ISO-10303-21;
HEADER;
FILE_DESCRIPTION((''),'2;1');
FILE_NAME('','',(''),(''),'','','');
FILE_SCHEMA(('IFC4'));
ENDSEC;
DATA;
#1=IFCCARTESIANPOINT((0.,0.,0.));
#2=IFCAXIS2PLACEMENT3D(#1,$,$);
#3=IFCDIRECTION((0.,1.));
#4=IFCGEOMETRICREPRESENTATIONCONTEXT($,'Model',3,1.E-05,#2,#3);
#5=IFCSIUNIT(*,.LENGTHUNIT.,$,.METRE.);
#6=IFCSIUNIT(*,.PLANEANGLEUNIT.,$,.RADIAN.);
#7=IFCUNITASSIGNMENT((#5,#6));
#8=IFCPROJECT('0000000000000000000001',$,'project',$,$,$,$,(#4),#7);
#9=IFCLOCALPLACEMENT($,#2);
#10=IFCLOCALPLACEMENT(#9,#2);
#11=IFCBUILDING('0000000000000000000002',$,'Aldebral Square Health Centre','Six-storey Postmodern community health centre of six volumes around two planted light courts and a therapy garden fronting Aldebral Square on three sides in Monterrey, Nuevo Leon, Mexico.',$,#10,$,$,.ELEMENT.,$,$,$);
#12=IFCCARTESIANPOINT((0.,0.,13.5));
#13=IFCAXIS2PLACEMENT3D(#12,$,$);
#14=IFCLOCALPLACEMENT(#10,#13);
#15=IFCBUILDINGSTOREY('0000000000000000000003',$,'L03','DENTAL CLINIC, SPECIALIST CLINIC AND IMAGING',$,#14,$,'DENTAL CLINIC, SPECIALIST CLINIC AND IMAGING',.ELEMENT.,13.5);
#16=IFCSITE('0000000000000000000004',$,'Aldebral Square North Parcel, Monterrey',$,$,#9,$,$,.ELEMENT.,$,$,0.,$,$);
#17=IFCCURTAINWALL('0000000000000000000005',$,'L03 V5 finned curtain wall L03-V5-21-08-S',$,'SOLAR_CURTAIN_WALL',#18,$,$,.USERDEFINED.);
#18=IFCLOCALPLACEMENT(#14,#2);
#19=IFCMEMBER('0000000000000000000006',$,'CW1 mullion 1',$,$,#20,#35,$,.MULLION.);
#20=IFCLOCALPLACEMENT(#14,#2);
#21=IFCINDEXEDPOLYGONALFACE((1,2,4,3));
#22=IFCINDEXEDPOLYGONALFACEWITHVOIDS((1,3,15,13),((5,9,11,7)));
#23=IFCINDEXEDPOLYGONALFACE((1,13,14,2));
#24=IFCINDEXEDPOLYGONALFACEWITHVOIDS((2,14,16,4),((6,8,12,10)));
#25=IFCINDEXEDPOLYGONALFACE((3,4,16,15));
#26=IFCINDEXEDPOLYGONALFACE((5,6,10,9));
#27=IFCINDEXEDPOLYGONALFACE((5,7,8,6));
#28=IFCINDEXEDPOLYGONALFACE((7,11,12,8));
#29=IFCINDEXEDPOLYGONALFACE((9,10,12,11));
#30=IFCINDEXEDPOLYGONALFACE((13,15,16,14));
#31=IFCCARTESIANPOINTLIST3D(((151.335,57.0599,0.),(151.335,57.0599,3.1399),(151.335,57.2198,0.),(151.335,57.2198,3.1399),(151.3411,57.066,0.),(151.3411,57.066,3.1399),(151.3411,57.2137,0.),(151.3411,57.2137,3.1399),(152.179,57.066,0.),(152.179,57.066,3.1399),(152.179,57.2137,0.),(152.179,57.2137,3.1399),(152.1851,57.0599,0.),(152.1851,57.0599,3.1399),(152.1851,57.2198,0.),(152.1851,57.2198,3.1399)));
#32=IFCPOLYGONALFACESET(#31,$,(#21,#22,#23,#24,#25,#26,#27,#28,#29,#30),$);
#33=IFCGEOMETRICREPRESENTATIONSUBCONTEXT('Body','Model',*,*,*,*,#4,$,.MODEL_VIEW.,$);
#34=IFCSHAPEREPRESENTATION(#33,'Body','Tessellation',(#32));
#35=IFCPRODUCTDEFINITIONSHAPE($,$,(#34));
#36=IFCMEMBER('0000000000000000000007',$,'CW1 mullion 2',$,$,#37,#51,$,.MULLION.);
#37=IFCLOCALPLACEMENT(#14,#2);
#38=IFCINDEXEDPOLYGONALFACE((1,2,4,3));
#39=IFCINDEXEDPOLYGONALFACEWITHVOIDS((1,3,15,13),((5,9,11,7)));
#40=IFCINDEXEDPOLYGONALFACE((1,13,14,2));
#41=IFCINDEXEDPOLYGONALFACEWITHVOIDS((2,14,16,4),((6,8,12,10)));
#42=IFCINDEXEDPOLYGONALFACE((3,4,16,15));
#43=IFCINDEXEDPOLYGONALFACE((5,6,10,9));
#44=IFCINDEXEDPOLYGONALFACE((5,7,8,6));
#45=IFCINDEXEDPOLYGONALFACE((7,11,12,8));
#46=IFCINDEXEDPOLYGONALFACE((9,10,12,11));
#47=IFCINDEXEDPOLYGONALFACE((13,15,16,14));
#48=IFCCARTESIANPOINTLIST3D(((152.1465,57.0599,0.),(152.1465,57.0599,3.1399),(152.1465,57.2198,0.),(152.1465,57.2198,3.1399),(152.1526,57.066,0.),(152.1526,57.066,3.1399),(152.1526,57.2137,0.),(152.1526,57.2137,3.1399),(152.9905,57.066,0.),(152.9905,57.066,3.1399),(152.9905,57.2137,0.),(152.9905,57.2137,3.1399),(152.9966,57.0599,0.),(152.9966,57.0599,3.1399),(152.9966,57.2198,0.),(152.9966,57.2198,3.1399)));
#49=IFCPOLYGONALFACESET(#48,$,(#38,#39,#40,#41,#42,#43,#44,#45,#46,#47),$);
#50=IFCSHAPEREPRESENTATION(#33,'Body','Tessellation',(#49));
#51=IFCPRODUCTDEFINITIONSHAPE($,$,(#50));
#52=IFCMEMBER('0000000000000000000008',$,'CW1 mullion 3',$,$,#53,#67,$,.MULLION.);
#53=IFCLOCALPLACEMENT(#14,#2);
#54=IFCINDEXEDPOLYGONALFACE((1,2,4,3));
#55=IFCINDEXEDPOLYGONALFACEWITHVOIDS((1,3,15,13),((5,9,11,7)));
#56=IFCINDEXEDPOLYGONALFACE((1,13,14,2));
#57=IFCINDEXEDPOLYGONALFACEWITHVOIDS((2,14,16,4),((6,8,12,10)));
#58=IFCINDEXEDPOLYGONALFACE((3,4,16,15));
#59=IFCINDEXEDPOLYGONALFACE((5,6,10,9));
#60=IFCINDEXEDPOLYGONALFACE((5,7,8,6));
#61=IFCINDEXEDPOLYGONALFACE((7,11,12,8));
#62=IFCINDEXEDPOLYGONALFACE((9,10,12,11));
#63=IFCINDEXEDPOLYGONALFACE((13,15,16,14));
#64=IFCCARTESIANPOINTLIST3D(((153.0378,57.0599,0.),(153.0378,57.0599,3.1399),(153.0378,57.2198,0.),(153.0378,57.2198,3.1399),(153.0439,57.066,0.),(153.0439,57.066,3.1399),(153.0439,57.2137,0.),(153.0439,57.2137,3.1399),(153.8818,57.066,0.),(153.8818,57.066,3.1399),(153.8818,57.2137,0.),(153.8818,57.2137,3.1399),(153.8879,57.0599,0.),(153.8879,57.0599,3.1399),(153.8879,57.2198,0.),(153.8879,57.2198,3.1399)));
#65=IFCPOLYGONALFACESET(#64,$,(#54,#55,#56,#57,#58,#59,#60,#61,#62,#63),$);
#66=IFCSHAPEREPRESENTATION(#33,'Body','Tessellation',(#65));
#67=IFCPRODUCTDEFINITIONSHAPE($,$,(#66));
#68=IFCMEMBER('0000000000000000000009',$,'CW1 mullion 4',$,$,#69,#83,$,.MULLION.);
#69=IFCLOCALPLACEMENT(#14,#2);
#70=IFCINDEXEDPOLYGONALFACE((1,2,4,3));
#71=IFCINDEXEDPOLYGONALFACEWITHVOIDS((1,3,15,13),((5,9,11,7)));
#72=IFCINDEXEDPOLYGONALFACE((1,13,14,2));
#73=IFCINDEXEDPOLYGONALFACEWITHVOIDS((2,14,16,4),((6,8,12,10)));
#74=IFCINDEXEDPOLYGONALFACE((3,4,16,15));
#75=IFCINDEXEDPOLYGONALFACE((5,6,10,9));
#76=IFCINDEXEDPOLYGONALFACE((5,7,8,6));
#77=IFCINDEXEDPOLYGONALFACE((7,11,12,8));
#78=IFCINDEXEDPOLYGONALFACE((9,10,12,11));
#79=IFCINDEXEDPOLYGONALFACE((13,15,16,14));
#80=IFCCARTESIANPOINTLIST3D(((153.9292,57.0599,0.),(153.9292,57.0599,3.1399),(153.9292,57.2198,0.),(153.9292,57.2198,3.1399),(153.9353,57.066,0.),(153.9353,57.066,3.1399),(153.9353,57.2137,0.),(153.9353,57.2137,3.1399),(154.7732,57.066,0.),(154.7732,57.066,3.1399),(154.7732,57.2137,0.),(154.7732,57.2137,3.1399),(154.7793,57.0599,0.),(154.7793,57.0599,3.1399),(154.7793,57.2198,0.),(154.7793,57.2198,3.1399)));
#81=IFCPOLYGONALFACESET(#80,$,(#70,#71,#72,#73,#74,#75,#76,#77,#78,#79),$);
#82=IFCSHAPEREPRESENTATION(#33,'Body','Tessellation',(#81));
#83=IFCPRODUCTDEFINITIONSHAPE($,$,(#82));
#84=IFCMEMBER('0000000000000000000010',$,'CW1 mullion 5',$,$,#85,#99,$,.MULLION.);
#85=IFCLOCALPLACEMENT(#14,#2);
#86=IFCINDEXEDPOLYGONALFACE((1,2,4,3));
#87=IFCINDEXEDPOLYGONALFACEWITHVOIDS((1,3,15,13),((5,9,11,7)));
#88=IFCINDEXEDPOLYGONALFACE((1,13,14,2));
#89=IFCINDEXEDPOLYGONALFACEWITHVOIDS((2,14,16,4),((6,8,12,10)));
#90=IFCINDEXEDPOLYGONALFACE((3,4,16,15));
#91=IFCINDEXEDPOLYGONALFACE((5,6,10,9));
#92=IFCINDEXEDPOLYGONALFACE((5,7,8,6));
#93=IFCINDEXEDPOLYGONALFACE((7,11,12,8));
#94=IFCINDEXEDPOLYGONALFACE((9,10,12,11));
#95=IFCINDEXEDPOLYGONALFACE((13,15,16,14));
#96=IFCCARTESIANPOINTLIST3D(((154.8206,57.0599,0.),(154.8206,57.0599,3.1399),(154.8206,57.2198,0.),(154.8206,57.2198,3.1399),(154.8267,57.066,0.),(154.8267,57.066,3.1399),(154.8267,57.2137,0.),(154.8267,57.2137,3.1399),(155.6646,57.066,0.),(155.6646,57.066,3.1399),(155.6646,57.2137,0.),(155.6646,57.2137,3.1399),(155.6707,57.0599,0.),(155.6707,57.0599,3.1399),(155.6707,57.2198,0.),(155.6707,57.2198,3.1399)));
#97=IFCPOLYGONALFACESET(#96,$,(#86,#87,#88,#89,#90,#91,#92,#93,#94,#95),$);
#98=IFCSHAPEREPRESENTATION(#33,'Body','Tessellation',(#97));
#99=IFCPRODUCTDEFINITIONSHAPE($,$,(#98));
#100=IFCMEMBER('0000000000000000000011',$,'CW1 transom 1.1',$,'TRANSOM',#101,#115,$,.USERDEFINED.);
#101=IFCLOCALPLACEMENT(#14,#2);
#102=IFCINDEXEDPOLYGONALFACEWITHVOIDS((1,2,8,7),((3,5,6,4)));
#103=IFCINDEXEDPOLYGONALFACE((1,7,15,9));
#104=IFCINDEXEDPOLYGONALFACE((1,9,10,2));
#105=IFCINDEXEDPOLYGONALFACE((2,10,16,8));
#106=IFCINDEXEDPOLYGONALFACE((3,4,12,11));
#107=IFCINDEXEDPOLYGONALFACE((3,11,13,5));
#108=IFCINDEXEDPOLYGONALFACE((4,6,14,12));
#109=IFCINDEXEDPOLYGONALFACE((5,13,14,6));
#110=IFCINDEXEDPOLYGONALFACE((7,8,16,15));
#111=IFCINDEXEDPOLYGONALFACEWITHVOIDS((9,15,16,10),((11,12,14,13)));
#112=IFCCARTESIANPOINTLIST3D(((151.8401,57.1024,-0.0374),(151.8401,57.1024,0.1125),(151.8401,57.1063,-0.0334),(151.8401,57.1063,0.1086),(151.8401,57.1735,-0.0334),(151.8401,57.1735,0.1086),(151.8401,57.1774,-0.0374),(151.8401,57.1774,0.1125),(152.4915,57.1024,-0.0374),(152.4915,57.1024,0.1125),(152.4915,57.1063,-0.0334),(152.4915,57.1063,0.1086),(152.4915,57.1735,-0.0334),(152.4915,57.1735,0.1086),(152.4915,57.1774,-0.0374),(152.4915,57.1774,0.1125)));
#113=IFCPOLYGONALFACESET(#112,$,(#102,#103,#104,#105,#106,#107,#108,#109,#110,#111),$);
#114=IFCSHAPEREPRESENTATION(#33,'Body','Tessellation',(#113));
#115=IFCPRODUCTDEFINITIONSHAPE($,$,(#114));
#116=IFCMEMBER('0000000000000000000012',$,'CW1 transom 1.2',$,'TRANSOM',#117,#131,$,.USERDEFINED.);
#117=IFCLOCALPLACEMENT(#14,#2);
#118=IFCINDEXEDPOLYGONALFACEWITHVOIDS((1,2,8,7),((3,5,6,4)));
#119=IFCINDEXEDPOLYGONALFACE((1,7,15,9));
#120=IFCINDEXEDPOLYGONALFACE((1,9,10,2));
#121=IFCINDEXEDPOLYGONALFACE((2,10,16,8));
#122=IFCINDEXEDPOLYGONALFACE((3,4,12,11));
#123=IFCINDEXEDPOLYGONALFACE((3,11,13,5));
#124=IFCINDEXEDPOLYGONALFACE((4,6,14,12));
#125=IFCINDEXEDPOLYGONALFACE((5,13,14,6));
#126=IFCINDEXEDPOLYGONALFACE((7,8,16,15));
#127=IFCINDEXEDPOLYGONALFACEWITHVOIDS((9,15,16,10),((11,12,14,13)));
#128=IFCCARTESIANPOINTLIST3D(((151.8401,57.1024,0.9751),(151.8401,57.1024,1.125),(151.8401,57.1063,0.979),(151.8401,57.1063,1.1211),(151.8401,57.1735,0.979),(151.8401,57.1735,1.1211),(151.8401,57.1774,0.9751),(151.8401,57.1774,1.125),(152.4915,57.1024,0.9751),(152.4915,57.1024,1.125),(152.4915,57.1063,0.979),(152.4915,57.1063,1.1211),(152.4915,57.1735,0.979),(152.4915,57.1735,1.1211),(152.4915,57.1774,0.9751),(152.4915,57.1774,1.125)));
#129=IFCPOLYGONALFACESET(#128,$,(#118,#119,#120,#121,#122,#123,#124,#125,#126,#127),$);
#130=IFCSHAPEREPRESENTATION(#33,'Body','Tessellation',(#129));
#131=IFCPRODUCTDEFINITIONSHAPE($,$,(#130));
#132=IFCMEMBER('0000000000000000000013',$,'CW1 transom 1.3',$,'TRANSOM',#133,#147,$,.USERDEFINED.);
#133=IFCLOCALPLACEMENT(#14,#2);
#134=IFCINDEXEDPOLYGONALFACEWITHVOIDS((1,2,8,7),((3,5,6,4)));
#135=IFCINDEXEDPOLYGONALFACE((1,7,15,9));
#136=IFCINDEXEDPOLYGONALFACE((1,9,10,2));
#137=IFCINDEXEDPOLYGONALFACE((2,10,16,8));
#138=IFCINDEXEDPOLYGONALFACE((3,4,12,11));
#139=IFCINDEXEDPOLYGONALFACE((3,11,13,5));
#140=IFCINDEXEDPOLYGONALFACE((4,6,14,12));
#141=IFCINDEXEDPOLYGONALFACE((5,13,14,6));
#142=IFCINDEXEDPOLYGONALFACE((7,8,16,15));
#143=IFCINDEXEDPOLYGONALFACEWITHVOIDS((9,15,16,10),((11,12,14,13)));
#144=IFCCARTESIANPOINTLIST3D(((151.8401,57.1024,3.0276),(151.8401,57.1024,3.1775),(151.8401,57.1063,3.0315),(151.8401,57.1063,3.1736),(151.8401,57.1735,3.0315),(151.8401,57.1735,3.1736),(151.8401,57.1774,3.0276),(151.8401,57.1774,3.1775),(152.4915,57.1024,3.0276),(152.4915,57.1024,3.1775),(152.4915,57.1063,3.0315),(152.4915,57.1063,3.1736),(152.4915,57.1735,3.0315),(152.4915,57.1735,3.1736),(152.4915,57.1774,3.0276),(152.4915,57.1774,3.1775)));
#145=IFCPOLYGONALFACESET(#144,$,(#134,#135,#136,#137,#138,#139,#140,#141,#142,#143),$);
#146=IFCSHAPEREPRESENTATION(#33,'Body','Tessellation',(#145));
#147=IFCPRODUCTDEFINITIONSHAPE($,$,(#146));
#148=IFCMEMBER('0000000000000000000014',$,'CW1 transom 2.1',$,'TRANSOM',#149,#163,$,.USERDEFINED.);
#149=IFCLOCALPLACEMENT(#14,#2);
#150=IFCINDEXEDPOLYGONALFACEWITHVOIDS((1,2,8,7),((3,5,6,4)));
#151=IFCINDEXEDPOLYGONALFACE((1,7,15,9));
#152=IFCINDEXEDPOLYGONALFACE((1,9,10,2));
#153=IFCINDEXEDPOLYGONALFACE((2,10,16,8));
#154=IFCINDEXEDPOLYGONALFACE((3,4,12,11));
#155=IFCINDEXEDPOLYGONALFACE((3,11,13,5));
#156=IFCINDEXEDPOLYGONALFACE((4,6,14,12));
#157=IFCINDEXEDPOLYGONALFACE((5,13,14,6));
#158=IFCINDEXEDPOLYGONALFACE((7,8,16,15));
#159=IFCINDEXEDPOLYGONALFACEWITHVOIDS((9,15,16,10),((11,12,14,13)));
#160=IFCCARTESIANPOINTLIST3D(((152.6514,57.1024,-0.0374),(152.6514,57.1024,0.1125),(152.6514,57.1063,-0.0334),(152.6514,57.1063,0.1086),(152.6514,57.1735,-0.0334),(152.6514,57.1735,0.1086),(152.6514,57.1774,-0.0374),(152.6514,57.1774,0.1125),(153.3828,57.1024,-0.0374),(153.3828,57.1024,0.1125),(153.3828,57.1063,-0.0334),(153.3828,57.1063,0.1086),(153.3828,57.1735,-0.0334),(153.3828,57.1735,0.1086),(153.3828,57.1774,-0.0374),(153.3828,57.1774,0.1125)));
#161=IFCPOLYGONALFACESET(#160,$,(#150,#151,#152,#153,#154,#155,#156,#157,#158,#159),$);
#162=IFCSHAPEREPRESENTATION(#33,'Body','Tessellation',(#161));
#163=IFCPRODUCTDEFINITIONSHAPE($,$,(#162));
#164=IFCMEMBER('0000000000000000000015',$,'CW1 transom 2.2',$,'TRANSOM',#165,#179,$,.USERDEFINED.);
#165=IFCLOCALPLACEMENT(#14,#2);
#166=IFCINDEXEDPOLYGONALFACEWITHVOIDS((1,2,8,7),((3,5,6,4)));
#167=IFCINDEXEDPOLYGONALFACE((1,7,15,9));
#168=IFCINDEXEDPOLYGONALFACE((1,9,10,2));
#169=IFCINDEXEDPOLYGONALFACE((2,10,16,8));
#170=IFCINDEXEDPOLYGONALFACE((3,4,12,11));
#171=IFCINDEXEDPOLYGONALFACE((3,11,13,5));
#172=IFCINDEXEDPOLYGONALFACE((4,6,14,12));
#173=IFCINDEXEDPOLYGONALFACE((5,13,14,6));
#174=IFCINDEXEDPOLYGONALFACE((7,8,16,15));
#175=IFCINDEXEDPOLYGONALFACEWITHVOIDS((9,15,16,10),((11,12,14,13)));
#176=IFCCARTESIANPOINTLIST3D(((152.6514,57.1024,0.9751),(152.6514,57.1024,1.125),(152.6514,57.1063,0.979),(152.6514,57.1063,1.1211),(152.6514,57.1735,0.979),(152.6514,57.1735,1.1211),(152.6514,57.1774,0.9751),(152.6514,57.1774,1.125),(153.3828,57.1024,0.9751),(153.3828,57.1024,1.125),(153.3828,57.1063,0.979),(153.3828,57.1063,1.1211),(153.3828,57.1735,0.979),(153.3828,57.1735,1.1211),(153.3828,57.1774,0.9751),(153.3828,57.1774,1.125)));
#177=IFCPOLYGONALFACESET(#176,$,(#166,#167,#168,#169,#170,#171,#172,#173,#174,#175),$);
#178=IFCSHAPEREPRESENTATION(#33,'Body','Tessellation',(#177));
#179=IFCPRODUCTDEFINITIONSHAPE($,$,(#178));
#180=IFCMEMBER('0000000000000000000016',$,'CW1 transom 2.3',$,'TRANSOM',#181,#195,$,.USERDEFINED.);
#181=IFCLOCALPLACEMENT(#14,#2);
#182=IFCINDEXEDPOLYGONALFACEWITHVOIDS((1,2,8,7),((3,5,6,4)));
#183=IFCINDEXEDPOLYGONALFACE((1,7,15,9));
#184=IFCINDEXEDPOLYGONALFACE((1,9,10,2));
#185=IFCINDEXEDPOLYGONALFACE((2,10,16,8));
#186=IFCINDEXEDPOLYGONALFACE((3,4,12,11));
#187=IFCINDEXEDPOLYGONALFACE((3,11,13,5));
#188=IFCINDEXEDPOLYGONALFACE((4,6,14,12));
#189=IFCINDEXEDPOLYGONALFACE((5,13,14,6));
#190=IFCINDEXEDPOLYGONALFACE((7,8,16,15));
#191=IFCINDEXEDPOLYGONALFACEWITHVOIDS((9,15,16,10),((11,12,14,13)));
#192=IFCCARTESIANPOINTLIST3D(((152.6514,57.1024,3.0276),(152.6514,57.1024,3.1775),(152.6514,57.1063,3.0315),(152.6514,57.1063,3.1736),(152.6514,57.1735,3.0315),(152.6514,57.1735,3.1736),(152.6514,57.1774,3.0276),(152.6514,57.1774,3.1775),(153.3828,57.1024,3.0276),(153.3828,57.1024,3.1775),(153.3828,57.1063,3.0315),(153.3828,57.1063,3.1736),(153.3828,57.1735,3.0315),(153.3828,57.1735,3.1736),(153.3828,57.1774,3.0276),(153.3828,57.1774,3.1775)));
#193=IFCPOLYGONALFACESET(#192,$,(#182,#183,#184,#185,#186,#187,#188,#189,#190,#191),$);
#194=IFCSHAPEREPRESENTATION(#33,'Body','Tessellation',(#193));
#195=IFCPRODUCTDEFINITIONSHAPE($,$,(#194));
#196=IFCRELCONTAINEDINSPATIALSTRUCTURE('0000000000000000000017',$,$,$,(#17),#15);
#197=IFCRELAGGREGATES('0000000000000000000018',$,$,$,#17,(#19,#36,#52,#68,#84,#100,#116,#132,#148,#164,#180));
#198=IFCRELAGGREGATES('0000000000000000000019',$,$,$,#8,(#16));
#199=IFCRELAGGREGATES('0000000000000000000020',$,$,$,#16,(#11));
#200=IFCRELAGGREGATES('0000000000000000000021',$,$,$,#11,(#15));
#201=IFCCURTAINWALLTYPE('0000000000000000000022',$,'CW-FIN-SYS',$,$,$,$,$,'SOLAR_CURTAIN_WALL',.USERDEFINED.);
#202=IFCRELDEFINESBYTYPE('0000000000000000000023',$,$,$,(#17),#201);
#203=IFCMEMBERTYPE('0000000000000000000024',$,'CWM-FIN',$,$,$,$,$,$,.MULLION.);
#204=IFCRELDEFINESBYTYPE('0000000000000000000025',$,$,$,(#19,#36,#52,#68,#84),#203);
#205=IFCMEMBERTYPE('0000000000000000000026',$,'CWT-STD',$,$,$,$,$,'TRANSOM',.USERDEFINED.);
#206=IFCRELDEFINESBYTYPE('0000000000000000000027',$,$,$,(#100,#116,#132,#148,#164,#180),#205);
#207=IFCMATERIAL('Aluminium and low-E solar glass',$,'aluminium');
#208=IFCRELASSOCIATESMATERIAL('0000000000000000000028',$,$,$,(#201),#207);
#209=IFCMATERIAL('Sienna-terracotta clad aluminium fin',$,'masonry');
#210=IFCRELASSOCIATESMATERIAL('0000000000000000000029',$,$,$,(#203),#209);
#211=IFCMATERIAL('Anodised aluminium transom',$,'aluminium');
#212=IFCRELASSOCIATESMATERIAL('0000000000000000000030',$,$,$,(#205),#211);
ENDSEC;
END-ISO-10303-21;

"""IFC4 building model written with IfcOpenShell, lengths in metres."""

from ifc_helpers import new_model, si_unit, direction, frame, origin, origin_2d, place, context, subcontext, project, spatial, hollow_rectangle, extrude, material, material_profile, profile_set, type_object, element, aggregate, save


model = new_model("IFC4")

# Units and contexts
model_context = context("Model", 3, precision=1e-05, world=origin(), true_north=direction((0.0, 1.0)))
body_context = subcontext(model_context, "Body", "Model", "MODEL_VIEW")
ifc_project = project(units=[si_unit("LENGTHUNIT", "METRE"), si_unit("PLANEANGLEUNIT", "RADIAN")], contexts=[model_context])

# Site, building, storey
site_placement = place(None, origin())
site = spatial("IfcSite", under=ifc_project, at=site_placement, Name="Aldebral Square North Parcel, Monterrey", CompositionType="ELEMENT", RefElevation=0.0)
building_placement = place(site_placement, origin())
building = spatial("IfcBuilding", under=site, at=building_placement, Name="Aldebral Square Health Centre", Description="Six-storey Postmodern community health centre of six volumes around two planted light courts and a therapy garden fronting Aldebral Square on three sides in Monterrey, Nuevo Leon, Mexico.", CompositionType="ELEMENT")
storey_placement = place(building_placement, frame((0.0, 0.0, 13.5)))
storey = spatial("IfcBuildingStorey", under=building, at=storey_placement, Name="L03", Description="DENTAL CLINIC, SPECIALIST CLINIC AND IMAGING", LongName="DENTAL CLINIC, SPECIALIST CLINIC AND IMAGING", CompositionType="ELEMENT", Elevation=13.5)

# Curtain wall, members
ifc_material_1 = material(Name="Aluminium and low-E solar glass", Category="aluminium")
curtain_wall_type = type_object("IfcCurtainWallType", Name="CW-FIN-SYS", ElementType="SOLAR_CURTAIN_WALL", PredefinedType="USERDEFINED", material=ifc_material_1)
curtain_wall_placement = place(storey_placement, origin())
curtain_wall = element("IfcCurtainWall", 1, at=curtain_wall_placement, inside=storey, type_object=curtain_wall_type, Name="L03 V5 finned curtain wall L03-V5-21-08-S", ObjectType="SOLAR_CURTAIN_WALL", PredefinedType="USERDEFINED")
ifc_material_2 = material(Name="Sienna-terracotta clad aluminium fin", Category="masonry")
ifc_material_profile_1 = material_profile(ifc_material_2, hollow_rectangle(XDim=0.1599, YDim=0.8501, WallThickness=0.0061, at=origin_2d()), Name="FIN 160x850x6")
ifc_profile_set_1 = profile_set([ifc_material_profile_1], Name="Sienna-terracotta clad aluminium fin")
member_type_1 = type_object("IfcMemberType", Name="CWM-FIN", PredefinedType="MULLION", material=ifc_profile_set_1)
member_1_placement = place(storey_placement, frame((151.76, 57.1399, 0.0), z_axis=(0.0, 0.0, 1.0), x_axis=(0.0, 1.0, 0.0)))
member_1 = element("IfcMember", 2, at=member_1_placement, type_object=member_type_1, Name="CW1 mullion 1", PredefinedType="MULLION", context=body_context, shape_type="SweptSolid", body=[
    extrude(hollow_rectangle(XDim=0.1599, YDim=0.8501, WallThickness=0.0061, at=origin_2d()), origin(), (0.0, 0.0, 1.0), 3.1399),
])
member_2_placement = place(storey_placement, frame((152.5715, 57.1399, 0.0), z_axis=(0.0, 0.0, 1.0), x_axis=(0.0, 1.0, 0.0)))
member_2 = element("IfcMember", 3, at=member_2_placement, type_object=member_type_1, Name="CW1 mullion 2", PredefinedType="MULLION", context=body_context, shape_type="SweptSolid", body=[
    extrude(hollow_rectangle(XDim=0.1599, YDim=0.8501, WallThickness=0.0061, at=origin_2d()), origin(), (0.0, 0.0, 1.0), 3.1399),
])
member_3_placement = place(storey_placement, frame((153.4629, 57.1399, 0.0), z_axis=(0.0, 0.0, 1.0), x_axis=(0.0, 1.0, 0.0)))
member_3 = element("IfcMember", 4, at=member_3_placement, type_object=member_type_1, Name="CW1 mullion 3", PredefinedType="MULLION", context=body_context, shape_type="SweptSolid", body=[
    extrude(hollow_rectangle(XDim=0.1599, YDim=0.8501, WallThickness=0.0061, at=origin_2d()), origin(), (0.0, 0.0, 1.0), 3.1399),
])
member_4_placement = place(storey_placement, frame((154.3542, 57.1399, 0.0), z_axis=(0.0, 0.0, 1.0), x_axis=(0.0, 1.0, 0.0)))
member_4 = element("IfcMember", 5, at=member_4_placement, type_object=member_type_1, Name="CW1 mullion 4", PredefinedType="MULLION", context=body_context, shape_type="SweptSolid", body=[
    extrude(hollow_rectangle(XDim=0.1599, YDim=0.8501, WallThickness=0.0061, at=origin_2d()), origin(), (0.0, 0.0, 1.0), 3.1399),
])
member_5_placement = place(storey_placement, frame((155.2456, 57.1399, 0.0), z_axis=(0.0, 0.0, 1.0), x_axis=(0.0, 1.0, 0.0)))
member_5 = element("IfcMember", 6, at=member_5_placement, type_object=member_type_1, Name="CW1 mullion 5", PredefinedType="MULLION", context=body_context, shape_type="SweptSolid", body=[
    extrude(hollow_rectangle(XDim=0.1599, YDim=0.8501, WallThickness=0.0061, at=origin_2d()), origin(), (0.0, 0.0, 1.0), 3.1399),
])
ifc_material_3 = material(Name="Anodised aluminium transom", Category="aluminium")
ifc_material_profile_2 = material_profile(ifc_material_3, hollow_rectangle(XDim=0.075, YDim=0.1499, WallThickness=0.0039, at=origin_2d()), Name="CWT 75x150x4")
ifc_profile_set_2 = profile_set([ifc_material_profile_2], Name="Anodised aluminium transom")
member_type_2 = type_object("IfcMemberType", Name="CWT-STD", ElementType="TRANSOM", PredefinedType="USERDEFINED", material=ifc_profile_set_2)
member_6_placement = place(storey_placement, frame((151.8401, 57.1399, 0.0376), z_axis=(1.0, 0.0, 0.0), x_axis=(0.0, 1.0, 0.0)))
member_6 = element("IfcMember", 7, at=member_6_placement, type_object=member_type_2, Name="CW1 transom 1.1", ObjectType="TRANSOM", PredefinedType="USERDEFINED", context=body_context, shape_type="SweptSolid", body=[
    extrude(hollow_rectangle(XDim=0.075, YDim=0.1499, WallThickness=0.0039, at=origin_2d()), origin(), (0.0, 0.0, 1.0), 0.6514),
])
member_7_placement = place(storey_placement, frame((151.8401, 57.1399, 1.05), z_axis=(1.0, 0.0, 0.0), x_axis=(0.0, 1.0, 0.0)))
member_7 = element("IfcMember", 8, at=member_7_placement, type_object=member_type_2, Name="CW1 transom 1.2", ObjectType="TRANSOM", PredefinedType="USERDEFINED", context=body_context, shape_type="SweptSolid", body=[
    extrude(hollow_rectangle(XDim=0.075, YDim=0.1499, WallThickness=0.0039, at=origin_2d()), origin(), (0.0, 0.0, 1.0), 0.6514),
])
member_8_placement = place(storey_placement, frame((151.8401, 57.1399, 3.1025), z_axis=(1.0, 0.0, 0.0), x_axis=(0.0, 1.0, 0.0)))
member_8 = element("IfcMember", 9, at=member_8_placement, type_object=member_type_2, Name="CW1 transom 1.3", ObjectType="TRANSOM", PredefinedType="USERDEFINED", context=body_context, shape_type="SweptSolid", body=[
    extrude(hollow_rectangle(XDim=0.075, YDim=0.1499, WallThickness=0.0039, at=origin_2d()), origin(), (0.0, 0.0, 1.0), 0.6514),
])
member_9_placement = place(storey_placement, frame((152.6514, 57.1399, 0.0376), z_axis=(1.0, 0.0, 0.0), x_axis=(0.0, 1.0, 0.0)))
member_9 = element("IfcMember", 10, at=member_9_placement, type_object=member_type_2, Name="CW1 transom 2.1", ObjectType="TRANSOM", PredefinedType="USERDEFINED", context=body_context, shape_type="SweptSolid", body=[
    extrude(hollow_rectangle(XDim=0.075, YDim=0.1499, WallThickness=0.0039, at=origin_2d()), origin(), (0.0, 0.0, 1.0), 0.7314),
])
member_10_placement = place(storey_placement, frame((152.6514, 57.1399, 1.05), z_axis=(1.0, 0.0, 0.0), x_axis=(0.0, 1.0, 0.0)))
member_10 = element("IfcMember", 11, at=member_10_placement, type_object=member_type_2, Name="CW1 transom 2.2", ObjectType="TRANSOM", PredefinedType="USERDEFINED", context=body_context, shape_type="SweptSolid", body=[
    extrude(hollow_rectangle(XDim=0.075, YDim=0.1499, WallThickness=0.0039, at=origin_2d()), origin(), (0.0, 0.0, 1.0), 0.7314),
])
member_11_placement = place(storey_placement, frame((152.6514, 57.1399, 3.1025), z_axis=(1.0, 0.0, 0.0), x_axis=(0.0, 1.0, 0.0)))
member_11 = element("IfcMember", 12, at=member_11_placement, type_object=member_type_2, Name="CW1 transom 2.3", ObjectType="TRANSOM", PredefinedType="USERDEFINED", context=body_context, shape_type="SweptSolid", body=[
    extrude(hollow_rectangle(XDim=0.075, YDim=0.1499, WallThickness=0.0039, at=origin_2d()), origin(), (0.0, 0.0, 1.0), 0.7314),
])
aggregate(curtain_wall, [member_1, member_2, member_3, member_4, member_5, member_6, member_7, member_8, member_9, member_10, member_11])

save(model, "model.ifc")
